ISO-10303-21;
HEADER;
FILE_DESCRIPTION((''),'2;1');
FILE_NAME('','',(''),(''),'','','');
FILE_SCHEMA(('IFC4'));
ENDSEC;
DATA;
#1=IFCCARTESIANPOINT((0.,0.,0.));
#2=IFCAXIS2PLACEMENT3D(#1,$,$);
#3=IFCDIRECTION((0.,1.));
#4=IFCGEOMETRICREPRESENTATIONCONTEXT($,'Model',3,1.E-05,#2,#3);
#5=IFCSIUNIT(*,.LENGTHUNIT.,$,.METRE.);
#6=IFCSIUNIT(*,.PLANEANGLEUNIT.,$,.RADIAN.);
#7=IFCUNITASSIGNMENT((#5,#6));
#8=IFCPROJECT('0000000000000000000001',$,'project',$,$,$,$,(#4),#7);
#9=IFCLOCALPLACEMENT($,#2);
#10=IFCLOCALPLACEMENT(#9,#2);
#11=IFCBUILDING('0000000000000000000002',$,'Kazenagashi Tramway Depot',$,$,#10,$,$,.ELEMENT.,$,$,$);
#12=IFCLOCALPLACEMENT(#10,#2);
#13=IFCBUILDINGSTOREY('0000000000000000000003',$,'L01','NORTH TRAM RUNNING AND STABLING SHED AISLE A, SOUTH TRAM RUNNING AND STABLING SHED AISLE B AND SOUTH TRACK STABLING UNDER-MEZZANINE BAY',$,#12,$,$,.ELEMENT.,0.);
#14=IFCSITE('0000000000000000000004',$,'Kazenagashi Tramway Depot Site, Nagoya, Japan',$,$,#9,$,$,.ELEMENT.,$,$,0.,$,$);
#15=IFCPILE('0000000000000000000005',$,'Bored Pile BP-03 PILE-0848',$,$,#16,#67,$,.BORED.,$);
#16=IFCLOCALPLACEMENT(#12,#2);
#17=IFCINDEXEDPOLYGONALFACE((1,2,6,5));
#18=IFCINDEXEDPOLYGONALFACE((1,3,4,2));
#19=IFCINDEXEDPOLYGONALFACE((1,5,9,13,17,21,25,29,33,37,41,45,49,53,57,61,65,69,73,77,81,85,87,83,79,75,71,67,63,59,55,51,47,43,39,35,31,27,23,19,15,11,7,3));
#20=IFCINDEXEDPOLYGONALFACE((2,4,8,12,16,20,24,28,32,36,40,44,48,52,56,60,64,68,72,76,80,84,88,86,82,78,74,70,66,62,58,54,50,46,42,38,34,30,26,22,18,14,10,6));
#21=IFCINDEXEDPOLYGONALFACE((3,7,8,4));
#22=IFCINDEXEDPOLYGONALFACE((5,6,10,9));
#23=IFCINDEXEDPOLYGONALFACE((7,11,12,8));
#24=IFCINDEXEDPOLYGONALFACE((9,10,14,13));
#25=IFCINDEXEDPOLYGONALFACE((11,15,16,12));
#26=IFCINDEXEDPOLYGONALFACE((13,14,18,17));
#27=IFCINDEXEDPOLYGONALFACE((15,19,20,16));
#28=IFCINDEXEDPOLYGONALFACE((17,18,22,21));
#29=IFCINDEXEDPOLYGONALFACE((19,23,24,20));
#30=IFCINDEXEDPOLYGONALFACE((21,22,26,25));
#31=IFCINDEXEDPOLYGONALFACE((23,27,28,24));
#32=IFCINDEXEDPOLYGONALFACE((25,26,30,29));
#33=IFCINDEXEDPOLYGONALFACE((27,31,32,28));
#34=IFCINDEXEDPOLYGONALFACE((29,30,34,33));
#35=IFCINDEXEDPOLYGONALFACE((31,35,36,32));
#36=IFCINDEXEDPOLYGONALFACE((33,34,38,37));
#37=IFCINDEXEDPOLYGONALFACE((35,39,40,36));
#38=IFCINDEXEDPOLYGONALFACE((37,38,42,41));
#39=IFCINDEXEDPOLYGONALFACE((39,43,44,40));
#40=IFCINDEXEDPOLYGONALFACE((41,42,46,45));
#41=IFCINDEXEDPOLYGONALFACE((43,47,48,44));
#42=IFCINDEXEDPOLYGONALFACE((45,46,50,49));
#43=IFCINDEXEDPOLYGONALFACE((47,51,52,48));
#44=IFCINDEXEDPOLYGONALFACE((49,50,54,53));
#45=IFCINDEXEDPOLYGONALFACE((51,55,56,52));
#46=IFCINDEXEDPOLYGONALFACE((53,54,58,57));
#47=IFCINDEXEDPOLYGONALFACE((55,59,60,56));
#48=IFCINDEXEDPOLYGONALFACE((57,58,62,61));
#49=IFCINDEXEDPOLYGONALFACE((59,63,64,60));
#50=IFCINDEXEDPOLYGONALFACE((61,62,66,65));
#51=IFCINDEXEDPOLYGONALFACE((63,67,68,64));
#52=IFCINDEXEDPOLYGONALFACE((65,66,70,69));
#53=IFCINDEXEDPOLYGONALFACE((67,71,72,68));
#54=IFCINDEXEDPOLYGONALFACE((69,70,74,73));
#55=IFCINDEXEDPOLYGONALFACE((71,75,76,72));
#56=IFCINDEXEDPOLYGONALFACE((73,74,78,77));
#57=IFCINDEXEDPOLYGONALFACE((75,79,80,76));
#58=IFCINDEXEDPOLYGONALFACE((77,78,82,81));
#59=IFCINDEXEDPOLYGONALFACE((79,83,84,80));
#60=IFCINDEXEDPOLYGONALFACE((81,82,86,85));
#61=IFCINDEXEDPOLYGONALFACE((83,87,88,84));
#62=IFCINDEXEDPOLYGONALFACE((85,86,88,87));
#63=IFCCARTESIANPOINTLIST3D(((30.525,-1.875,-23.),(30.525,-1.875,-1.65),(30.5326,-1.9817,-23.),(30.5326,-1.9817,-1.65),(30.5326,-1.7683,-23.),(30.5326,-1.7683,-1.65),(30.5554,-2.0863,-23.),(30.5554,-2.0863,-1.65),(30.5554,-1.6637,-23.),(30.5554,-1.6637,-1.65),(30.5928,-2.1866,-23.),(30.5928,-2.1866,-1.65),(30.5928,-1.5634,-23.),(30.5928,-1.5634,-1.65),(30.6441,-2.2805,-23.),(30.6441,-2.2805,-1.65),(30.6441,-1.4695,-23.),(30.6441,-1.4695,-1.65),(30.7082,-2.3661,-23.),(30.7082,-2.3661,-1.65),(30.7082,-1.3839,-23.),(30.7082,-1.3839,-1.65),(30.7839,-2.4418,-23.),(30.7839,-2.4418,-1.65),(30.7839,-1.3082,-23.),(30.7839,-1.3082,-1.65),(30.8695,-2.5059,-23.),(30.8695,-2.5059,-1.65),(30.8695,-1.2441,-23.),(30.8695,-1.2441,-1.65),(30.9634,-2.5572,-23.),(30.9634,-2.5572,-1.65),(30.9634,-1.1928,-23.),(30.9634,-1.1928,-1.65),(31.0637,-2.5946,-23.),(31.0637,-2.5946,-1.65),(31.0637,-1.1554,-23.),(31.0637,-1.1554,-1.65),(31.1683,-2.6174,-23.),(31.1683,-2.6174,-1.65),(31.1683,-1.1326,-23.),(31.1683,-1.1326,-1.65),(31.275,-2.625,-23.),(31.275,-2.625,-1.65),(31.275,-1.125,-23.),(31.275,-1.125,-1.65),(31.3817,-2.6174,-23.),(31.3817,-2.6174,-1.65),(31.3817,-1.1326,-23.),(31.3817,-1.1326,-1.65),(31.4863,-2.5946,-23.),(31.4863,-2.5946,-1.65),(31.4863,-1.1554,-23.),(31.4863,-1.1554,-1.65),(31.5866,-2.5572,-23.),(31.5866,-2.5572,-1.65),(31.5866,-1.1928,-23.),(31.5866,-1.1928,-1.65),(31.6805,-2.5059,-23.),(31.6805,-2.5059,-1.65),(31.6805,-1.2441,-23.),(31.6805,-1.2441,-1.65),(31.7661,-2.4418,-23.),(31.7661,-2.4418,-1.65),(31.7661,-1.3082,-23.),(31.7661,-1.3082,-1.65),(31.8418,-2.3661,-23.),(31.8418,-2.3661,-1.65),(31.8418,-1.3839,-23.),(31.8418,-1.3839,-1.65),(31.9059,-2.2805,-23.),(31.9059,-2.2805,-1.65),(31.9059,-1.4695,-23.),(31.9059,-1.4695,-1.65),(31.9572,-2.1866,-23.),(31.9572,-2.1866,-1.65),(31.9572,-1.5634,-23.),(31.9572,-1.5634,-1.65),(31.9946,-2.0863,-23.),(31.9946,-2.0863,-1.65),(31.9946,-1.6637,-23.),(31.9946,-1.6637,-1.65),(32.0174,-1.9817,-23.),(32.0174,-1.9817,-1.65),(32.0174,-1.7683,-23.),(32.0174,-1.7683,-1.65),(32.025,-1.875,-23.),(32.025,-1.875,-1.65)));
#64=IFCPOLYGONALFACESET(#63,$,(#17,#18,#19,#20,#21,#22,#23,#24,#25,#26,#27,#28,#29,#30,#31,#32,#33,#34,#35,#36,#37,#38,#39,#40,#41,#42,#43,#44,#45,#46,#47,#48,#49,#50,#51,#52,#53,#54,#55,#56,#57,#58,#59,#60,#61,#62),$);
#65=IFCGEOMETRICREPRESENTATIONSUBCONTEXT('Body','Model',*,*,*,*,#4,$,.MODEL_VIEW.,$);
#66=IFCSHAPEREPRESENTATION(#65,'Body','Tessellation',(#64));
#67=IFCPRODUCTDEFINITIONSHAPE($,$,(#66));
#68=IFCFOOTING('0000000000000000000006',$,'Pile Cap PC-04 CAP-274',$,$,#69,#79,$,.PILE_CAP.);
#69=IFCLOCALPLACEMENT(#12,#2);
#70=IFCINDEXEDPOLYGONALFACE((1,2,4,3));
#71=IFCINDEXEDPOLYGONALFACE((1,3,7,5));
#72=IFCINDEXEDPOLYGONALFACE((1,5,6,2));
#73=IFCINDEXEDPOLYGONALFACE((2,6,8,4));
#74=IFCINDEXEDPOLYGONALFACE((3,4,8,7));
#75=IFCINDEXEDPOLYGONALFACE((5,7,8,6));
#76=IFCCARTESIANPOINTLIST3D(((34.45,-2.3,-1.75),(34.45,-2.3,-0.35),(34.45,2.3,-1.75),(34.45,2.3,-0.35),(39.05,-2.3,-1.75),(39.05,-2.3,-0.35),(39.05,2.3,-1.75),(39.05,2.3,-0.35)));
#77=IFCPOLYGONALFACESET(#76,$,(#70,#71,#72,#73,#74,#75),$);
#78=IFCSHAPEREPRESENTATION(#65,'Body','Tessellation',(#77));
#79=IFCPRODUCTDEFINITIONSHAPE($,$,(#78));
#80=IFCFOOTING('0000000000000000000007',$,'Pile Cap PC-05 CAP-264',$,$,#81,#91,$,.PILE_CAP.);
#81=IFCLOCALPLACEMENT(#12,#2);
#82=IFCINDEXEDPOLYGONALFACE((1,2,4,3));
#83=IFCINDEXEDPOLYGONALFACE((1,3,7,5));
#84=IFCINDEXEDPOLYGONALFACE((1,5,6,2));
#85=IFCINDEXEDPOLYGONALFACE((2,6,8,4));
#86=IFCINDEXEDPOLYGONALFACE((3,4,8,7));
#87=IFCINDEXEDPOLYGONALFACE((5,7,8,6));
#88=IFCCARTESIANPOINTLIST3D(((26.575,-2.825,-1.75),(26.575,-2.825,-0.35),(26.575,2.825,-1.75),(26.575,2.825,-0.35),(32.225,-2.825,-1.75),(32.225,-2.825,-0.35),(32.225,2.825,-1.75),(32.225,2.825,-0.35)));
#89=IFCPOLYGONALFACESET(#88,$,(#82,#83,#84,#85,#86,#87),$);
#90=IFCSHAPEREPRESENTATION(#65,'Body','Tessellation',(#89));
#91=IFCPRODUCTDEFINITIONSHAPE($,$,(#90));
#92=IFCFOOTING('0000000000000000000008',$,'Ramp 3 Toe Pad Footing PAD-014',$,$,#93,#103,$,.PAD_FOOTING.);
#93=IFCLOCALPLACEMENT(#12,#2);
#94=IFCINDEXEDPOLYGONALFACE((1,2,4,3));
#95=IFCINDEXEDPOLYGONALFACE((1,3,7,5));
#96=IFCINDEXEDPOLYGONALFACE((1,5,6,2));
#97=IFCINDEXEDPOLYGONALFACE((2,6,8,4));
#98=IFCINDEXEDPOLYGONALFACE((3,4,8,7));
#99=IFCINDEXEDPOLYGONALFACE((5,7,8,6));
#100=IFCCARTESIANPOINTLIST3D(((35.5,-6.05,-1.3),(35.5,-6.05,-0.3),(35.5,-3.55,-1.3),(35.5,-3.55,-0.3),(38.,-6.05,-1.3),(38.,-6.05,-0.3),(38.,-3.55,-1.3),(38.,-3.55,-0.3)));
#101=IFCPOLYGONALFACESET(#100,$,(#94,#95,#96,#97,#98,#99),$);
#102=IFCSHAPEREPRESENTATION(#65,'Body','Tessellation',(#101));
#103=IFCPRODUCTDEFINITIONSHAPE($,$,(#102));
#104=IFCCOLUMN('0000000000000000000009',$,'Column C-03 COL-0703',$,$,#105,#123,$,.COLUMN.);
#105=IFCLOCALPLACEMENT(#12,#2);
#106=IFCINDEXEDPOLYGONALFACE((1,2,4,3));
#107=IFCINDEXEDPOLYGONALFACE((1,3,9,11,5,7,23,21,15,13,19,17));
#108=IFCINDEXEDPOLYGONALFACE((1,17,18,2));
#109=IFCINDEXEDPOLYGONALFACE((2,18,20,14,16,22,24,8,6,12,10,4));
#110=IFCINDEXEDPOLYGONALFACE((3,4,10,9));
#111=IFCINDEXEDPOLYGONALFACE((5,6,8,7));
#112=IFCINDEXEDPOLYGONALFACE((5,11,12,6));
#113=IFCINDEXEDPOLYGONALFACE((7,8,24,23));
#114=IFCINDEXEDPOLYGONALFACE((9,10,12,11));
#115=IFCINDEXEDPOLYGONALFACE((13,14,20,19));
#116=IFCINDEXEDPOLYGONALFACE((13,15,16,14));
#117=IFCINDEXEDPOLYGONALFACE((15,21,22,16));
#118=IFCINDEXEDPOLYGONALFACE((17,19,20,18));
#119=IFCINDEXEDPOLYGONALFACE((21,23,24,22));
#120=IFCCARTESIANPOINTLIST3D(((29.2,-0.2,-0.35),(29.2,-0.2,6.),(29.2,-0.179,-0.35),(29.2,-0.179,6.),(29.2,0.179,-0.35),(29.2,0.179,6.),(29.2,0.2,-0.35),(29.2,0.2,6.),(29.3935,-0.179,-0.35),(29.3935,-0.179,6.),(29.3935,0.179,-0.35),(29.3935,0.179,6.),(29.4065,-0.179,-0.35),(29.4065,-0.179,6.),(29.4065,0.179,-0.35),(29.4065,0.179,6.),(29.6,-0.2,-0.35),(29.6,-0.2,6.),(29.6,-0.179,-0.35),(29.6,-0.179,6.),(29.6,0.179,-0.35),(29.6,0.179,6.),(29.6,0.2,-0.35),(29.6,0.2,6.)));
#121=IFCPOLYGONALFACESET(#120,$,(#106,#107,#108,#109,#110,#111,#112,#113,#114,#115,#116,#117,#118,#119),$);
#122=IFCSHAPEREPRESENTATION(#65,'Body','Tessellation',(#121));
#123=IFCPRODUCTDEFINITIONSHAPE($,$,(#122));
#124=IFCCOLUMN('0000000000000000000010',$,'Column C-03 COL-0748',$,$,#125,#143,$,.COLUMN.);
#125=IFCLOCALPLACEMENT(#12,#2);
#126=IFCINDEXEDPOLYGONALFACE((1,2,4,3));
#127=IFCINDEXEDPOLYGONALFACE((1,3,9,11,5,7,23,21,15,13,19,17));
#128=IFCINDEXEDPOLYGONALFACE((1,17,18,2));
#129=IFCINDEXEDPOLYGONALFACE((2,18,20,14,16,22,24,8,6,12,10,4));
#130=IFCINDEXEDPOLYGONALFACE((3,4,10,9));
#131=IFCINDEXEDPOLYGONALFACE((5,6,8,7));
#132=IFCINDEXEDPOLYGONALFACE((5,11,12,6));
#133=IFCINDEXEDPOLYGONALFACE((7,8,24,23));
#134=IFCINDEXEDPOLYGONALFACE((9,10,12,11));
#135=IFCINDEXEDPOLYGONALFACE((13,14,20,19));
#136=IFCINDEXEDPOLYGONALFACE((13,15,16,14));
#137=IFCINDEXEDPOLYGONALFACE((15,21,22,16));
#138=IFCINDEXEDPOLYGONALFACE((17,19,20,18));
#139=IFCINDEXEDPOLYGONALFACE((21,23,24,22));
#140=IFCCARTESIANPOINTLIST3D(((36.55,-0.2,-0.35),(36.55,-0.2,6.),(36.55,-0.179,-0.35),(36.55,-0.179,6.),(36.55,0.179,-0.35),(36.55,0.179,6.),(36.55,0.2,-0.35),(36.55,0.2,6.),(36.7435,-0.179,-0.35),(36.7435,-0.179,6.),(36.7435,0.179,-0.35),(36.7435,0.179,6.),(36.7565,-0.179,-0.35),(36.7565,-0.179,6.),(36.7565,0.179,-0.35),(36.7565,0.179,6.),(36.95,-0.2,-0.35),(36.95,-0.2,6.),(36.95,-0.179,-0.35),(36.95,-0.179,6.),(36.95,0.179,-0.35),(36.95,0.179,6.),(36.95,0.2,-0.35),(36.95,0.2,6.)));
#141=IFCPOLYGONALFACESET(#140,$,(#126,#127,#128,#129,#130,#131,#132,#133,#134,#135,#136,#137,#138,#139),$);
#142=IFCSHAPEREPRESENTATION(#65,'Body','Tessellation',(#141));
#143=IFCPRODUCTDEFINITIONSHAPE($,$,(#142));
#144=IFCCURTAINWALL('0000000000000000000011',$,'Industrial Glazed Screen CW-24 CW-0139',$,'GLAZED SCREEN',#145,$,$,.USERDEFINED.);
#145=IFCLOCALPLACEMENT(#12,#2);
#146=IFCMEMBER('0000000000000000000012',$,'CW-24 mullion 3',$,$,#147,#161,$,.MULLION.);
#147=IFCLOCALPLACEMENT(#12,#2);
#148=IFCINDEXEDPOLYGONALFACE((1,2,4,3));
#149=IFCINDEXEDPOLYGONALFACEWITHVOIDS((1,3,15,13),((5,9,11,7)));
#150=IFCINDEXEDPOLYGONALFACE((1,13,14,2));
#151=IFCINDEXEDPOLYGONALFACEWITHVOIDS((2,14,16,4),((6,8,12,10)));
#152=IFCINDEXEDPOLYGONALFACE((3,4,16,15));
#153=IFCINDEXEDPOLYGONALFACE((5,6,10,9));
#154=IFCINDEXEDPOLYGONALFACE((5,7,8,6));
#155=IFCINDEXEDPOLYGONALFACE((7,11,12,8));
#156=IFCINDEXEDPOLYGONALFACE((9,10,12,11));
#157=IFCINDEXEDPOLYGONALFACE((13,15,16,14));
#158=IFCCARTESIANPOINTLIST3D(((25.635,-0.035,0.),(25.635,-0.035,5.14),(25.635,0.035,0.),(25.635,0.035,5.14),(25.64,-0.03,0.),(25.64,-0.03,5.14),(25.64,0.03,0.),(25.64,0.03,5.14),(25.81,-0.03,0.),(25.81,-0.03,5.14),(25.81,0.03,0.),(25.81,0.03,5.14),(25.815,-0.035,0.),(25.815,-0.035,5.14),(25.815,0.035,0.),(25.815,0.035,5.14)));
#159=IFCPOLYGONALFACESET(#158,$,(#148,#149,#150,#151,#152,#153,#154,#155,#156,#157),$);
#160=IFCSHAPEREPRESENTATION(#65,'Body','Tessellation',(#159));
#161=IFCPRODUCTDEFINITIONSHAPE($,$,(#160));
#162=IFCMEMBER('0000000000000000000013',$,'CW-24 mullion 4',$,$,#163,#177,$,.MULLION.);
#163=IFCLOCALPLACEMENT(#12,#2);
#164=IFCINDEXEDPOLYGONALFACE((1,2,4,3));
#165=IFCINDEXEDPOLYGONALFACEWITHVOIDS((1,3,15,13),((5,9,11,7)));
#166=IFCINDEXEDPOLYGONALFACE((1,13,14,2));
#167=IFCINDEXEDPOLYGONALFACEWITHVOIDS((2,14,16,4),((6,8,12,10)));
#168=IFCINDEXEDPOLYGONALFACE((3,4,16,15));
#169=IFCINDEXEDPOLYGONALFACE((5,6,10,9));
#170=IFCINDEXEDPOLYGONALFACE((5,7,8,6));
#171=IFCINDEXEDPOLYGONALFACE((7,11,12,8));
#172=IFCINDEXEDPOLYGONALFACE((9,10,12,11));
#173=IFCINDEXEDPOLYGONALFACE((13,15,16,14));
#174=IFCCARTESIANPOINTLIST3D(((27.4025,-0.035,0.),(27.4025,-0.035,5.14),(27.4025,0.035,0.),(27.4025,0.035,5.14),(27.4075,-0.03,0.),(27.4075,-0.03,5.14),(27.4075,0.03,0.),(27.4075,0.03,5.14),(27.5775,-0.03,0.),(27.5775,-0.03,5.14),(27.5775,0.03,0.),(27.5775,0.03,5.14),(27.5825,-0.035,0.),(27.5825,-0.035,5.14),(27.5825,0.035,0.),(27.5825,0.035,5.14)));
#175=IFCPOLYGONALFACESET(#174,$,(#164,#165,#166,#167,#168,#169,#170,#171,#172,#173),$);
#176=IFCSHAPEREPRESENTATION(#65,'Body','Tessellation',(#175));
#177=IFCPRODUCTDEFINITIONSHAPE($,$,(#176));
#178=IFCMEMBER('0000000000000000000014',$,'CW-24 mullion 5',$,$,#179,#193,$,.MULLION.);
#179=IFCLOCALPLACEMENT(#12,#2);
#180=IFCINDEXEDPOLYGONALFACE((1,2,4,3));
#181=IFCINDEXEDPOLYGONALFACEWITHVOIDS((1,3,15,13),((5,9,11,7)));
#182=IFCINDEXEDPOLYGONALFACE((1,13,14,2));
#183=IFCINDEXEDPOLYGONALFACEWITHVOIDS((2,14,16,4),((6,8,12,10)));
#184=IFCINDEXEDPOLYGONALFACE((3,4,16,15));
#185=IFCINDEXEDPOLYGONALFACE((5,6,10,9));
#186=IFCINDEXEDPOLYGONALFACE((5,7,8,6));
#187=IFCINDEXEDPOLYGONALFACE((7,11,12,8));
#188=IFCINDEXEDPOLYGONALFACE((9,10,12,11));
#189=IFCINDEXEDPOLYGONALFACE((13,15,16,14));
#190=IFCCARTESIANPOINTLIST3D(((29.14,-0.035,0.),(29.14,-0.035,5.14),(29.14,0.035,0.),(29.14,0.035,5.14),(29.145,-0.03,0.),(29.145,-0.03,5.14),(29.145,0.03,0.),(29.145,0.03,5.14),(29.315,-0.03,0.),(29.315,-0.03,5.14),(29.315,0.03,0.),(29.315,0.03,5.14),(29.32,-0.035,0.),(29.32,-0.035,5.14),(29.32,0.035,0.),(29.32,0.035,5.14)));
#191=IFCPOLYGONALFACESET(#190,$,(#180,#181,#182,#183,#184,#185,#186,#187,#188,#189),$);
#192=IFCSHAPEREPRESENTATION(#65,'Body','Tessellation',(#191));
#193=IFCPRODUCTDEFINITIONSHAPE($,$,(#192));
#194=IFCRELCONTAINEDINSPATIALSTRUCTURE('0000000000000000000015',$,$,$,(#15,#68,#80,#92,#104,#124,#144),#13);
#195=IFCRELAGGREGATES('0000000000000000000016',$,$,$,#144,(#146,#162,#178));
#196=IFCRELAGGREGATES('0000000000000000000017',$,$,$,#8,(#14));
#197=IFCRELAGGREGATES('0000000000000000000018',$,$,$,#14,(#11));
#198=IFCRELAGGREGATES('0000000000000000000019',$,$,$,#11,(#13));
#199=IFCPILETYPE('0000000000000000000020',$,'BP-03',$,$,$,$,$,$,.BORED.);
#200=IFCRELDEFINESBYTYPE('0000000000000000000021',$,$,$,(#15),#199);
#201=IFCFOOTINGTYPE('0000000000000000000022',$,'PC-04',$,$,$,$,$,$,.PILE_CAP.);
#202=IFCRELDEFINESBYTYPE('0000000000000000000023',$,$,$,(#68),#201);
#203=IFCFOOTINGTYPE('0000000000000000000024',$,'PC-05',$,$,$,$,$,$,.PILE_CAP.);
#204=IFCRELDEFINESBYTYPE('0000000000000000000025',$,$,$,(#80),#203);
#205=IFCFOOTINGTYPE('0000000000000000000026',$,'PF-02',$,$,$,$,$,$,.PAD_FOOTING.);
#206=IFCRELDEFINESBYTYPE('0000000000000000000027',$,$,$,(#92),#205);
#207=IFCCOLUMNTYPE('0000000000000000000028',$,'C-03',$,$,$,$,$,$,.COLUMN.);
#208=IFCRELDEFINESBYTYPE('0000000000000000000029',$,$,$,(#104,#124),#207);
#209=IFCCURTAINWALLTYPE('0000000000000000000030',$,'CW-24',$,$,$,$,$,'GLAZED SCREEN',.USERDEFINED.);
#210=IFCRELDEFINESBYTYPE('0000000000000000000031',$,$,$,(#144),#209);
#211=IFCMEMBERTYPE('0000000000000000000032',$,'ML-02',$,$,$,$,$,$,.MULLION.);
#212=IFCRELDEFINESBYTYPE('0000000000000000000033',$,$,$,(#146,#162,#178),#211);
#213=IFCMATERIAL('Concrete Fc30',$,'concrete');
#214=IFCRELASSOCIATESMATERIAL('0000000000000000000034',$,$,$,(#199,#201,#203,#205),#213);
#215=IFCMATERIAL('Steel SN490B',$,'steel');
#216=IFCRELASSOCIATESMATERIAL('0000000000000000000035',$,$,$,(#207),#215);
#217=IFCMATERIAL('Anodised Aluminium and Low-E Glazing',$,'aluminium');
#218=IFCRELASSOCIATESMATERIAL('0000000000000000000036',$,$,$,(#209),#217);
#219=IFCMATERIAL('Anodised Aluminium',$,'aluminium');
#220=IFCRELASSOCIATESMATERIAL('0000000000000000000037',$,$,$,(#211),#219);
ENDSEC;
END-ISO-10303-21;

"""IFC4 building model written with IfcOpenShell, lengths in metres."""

from ifc_helpers import new_model, si_unit, direction, frame, origin, origin_2d, place, context, subcontext, project, spatial, rectangle, hollow_rectangle, circle, i_section, extrude, material, material_profile, profile_set, type_object, element, aggregate, save


model = new_model("IFC4")

# Units and contexts
model_context = context("Model", 3, precision=1e-05, world=origin(), true_north=direction((0.0, 1.0)))
body_context = subcontext(model_context, "Body", "Model", "MODEL_VIEW")
ifc_project = project(units=[si_unit("LENGTHUNIT", "METRE"), si_unit("PLANEANGLEUNIT", "RADIAN")], contexts=[model_context])

# Site, building, storey
site_placement = place(None, origin())
site = spatial("IfcSite", under=ifc_project, at=site_placement, Name="Kazenagashi Tramway Depot Site, Nagoya, Japan", CompositionType="ELEMENT", RefElevation=0.0)
building_placement = place(site_placement, origin())
building = spatial("IfcBuilding", under=site, at=building_placement, Name="Kazenagashi Tramway Depot", CompositionType="ELEMENT")
storey_placement = place(building_placement, origin())
storey = spatial("IfcBuildingStorey", under=building, at=storey_placement, Name="L01", Description="NORTH TRAM RUNNING AND STABLING SHED AISLE A, SOUTH TRAM RUNNING AND STABLING SHED AISLE B AND SOUTH TRACK STABLING UNDER-MEZZANINE BAY", CompositionType="ELEMENT", Elevation=0.0)

# Pile
ifc_material_1 = material(Name="Concrete Fc30", Category="concrete")
ifc_material_profile_1 = material_profile(ifc_material_1, circle(Radius=0.75, at=origin_2d()), Name="PILE-1500")
ifc_profile_set_1 = profile_set([ifc_material_profile_1], Name="Concrete Fc30")
pile_type_1 = type_object("IfcPileType", Name="BP-03", PredefinedType="BORED", material=ifc_profile_set_1)
for number, where, z_axis, x_axis, name in (
    (1, (31.275, -1.875, -1.65), (0.0, 0.0, -1.0), (1.0, 0.0, 0.0), "Bored Pile BP-03 PILE-0848"),
):
    element("IfcPile", number, at=place(storey_placement, frame(where, z_axis=z_axis, x_axis=x_axis)), inside=storey, type_object=pile_type_1, Name=name, PredefinedType="BORED", context=body_context, shape_type="SweptSolid", body=[
        extrude(circle(Radius=0.75, at=origin_2d()), origin(), (0.0, 0.0, 1.0), 21.35),
    ])

# Footings
footing_type_1 = type_object("IfcFootingType", Name="PC-04", PredefinedType="PILE_CAP", material=ifc_material_1)
footing_1_placement = place(storey_placement, frame((36.75, 0.0, -1.75), z_axis=(0.0, 0.0, 1.0), x_axis=(1.0, 0.0, 0.0)))
element("IfcFooting", 2, at=footing_1_placement, inside=storey, type_object=footing_type_1, Name="Pile Cap PC-04 CAP-274", PredefinedType="PILE_CAP", context=body_context, shape_type="SweptSolid", body=[
    extrude(rectangle(XDim=4.6, YDim=4.6, at=origin_2d()), origin(), (0.0, 0.0, 1.0), 1.4),
])
footing_type_2 = type_object("IfcFootingType", Name="PC-05", PredefinedType="PILE_CAP", material=ifc_material_1)
footing_2_placement = place(storey_placement, frame((29.4, 0.0, -1.75), z_axis=(0.0, 0.0, 1.0), x_axis=(1.0, 0.0, 0.0)))
element("IfcFooting", 3, at=footing_2_placement, inside=storey, type_object=footing_type_2, Name="Pile Cap PC-05 CAP-264", PredefinedType="PILE_CAP", context=body_context, shape_type="SweptSolid", body=[
    extrude(rectangle(XDim=5.65, YDim=5.65, at=origin_2d()), origin(), (0.0, 0.0, 1.0), 1.4),
])
footing_type_3 = type_object("IfcFootingType", Name="PF-02", PredefinedType="PAD_FOOTING", material=ifc_material_1)
footing_3_placement = place(storey_placement, frame((36.75, -4.8, -1.3), z_axis=(0.0, 0.0, 1.0), x_axis=(1.0, 0.0, 0.0)))
element("IfcFooting", 4, at=footing_3_placement, inside=storey, type_object=footing_type_3, Name="Ramp 3 Toe Pad Footing PAD-014", PredefinedType="PAD_FOOTING", context=body_context, shape_type="SweptSolid", body=[
    extrude(rectangle(XDim=2.5, YDim=2.5, at=origin_2d()), origin(), (0.0, 0.0, 1.0), 1.0),
])

# Columns
ifc_material_2 = material(Name="Steel SN490B", Category="steel")
ifc_material_profile_2 = material_profile(ifc_material_2, i_section(OverallWidth=0.4, OverallDepth=0.4, WebThickness=0.013, FlangeThickness=0.021, at=origin_2d()), Name="H-400x400x13x21")
ifc_profile_set_2 = profile_set([ifc_material_profile_2], Name="Steel SN490B")
column_type = type_object("IfcColumnType", Name="C-03", PredefinedType="COLUMN", material=ifc_profile_set_2)
for number, where, z_axis, x_axis, name in (
    (5, (29.4, 0.0, -0.35), (0.0, 0.0, 1.0), (1.0, 0.0, 0.0), "Column C-03 COL-0703"),
    (6, (36.75, 0.0, -0.35), (0.0, 0.0, 1.0), (1.0, 0.0, 0.0), "Column C-03 COL-0748"),
):
    element("IfcColumn", number, at=place(storey_placement, frame(where, z_axis=z_axis, x_axis=x_axis)), inside=storey, type_object=column_type, Name=name, PredefinedType="COLUMN", context=body_context, shape_type="SweptSolid", body=[
        extrude(i_section(OverallWidth=0.4, OverallDepth=0.4, WebThickness=0.013, FlangeThickness=0.021, at=origin_2d()), origin(), (0.0, 0.0, 1.0), 6.35),
    ])

# Curtain wall, members
ifc_material_3 = material(Name="Anodised Aluminium and Low-E Glazing", Category="aluminium")
curtain_wall_type = type_object("IfcCurtainWallType", Name="CW-24", ElementType="GLAZED SCREEN", PredefinedType="USERDEFINED", material=ifc_material_3)
curtain_wall_placement = place(storey_placement, origin())
curtain_wall = element("IfcCurtainWall", 7, at=curtain_wall_placement, inside=storey, type_object=curtain_wall_type, Name="Industrial Glazed Screen CW-24 CW-0139", ObjectType="GLAZED SCREEN", PredefinedType="USERDEFINED")
ifc_material_4 = material(Name="Anodised Aluminium", Category="aluminium")
ifc_material_profile_3 = material_profile(ifc_material_4, hollow_rectangle(XDim=0.07, YDim=0.18, WallThickness=0.005, at=origin_2d()), Name="RHS-180x70x5")
ifc_profile_set_3 = profile_set([ifc_material_profile_3], Name="Anodised Aluminium")
member_type_1 = type_object("IfcMemberType", Name="ML-02", PredefinedType="MULLION", material=ifc_profile_set_3)
member_1_placement = place(storey_placement, frame((25.725, 0.0, 0.0), z_axis=(0.0, 0.0, 1.0), x_axis=(0.0, 1.0, 0.0)))
member_1 = element("IfcMember", 8, at=member_1_placement, type_object=member_type_1, Name="CW-24 mullion 3", PredefinedType="MULLION", context=body_context, shape_type="SweptSolid", body=[
    extrude(hollow_rectangle(XDim=0.07, YDim=0.18, WallThickness=0.005, at=origin_2d()), origin(), (0.0, 0.0, 1.0), 5.14),
])
member_2_placement = place(storey_placement, frame((27.4925, 0.0, 0.0), z_axis=(0.0, 0.0, 1.0), x_axis=(0.0, 1.0, 0.0)))
member_2 = element("IfcMember", 9, at=member_2_placement, type_object=member_type_1, Name="CW-24 mullion 4", PredefinedType="MULLION", context=body_context, shape_type="SweptSolid", body=[
    extrude(hollow_rectangle(XDim=0.07, YDim=0.18, WallThickness=0.005, at=origin_2d()), origin(), (0.0, 0.0, 1.0), 5.14),
])
member_3_placement = place(storey_placement, frame((29.23, 0.0, 0.0), z_axis=(0.0, 0.0, 1.0), x_axis=(0.0, 1.0, 0.0)))
member_3 = element("IfcMember", 10, at=member_3_placement, type_object=member_type_1, Name="CW-24 mullion 5", PredefinedType="MULLION", context=body_context, shape_type="SweptSolid", body=[
    extrude(hollow_rectangle(XDim=0.07, YDim=0.18, WallThickness=0.005, at=origin_2d()), origin(), (0.0, 0.0, 1.0), 5.14),
])
aggregate(curtain_wall, [member_1, member_2, member_3])

save(model, "model.ifc")
